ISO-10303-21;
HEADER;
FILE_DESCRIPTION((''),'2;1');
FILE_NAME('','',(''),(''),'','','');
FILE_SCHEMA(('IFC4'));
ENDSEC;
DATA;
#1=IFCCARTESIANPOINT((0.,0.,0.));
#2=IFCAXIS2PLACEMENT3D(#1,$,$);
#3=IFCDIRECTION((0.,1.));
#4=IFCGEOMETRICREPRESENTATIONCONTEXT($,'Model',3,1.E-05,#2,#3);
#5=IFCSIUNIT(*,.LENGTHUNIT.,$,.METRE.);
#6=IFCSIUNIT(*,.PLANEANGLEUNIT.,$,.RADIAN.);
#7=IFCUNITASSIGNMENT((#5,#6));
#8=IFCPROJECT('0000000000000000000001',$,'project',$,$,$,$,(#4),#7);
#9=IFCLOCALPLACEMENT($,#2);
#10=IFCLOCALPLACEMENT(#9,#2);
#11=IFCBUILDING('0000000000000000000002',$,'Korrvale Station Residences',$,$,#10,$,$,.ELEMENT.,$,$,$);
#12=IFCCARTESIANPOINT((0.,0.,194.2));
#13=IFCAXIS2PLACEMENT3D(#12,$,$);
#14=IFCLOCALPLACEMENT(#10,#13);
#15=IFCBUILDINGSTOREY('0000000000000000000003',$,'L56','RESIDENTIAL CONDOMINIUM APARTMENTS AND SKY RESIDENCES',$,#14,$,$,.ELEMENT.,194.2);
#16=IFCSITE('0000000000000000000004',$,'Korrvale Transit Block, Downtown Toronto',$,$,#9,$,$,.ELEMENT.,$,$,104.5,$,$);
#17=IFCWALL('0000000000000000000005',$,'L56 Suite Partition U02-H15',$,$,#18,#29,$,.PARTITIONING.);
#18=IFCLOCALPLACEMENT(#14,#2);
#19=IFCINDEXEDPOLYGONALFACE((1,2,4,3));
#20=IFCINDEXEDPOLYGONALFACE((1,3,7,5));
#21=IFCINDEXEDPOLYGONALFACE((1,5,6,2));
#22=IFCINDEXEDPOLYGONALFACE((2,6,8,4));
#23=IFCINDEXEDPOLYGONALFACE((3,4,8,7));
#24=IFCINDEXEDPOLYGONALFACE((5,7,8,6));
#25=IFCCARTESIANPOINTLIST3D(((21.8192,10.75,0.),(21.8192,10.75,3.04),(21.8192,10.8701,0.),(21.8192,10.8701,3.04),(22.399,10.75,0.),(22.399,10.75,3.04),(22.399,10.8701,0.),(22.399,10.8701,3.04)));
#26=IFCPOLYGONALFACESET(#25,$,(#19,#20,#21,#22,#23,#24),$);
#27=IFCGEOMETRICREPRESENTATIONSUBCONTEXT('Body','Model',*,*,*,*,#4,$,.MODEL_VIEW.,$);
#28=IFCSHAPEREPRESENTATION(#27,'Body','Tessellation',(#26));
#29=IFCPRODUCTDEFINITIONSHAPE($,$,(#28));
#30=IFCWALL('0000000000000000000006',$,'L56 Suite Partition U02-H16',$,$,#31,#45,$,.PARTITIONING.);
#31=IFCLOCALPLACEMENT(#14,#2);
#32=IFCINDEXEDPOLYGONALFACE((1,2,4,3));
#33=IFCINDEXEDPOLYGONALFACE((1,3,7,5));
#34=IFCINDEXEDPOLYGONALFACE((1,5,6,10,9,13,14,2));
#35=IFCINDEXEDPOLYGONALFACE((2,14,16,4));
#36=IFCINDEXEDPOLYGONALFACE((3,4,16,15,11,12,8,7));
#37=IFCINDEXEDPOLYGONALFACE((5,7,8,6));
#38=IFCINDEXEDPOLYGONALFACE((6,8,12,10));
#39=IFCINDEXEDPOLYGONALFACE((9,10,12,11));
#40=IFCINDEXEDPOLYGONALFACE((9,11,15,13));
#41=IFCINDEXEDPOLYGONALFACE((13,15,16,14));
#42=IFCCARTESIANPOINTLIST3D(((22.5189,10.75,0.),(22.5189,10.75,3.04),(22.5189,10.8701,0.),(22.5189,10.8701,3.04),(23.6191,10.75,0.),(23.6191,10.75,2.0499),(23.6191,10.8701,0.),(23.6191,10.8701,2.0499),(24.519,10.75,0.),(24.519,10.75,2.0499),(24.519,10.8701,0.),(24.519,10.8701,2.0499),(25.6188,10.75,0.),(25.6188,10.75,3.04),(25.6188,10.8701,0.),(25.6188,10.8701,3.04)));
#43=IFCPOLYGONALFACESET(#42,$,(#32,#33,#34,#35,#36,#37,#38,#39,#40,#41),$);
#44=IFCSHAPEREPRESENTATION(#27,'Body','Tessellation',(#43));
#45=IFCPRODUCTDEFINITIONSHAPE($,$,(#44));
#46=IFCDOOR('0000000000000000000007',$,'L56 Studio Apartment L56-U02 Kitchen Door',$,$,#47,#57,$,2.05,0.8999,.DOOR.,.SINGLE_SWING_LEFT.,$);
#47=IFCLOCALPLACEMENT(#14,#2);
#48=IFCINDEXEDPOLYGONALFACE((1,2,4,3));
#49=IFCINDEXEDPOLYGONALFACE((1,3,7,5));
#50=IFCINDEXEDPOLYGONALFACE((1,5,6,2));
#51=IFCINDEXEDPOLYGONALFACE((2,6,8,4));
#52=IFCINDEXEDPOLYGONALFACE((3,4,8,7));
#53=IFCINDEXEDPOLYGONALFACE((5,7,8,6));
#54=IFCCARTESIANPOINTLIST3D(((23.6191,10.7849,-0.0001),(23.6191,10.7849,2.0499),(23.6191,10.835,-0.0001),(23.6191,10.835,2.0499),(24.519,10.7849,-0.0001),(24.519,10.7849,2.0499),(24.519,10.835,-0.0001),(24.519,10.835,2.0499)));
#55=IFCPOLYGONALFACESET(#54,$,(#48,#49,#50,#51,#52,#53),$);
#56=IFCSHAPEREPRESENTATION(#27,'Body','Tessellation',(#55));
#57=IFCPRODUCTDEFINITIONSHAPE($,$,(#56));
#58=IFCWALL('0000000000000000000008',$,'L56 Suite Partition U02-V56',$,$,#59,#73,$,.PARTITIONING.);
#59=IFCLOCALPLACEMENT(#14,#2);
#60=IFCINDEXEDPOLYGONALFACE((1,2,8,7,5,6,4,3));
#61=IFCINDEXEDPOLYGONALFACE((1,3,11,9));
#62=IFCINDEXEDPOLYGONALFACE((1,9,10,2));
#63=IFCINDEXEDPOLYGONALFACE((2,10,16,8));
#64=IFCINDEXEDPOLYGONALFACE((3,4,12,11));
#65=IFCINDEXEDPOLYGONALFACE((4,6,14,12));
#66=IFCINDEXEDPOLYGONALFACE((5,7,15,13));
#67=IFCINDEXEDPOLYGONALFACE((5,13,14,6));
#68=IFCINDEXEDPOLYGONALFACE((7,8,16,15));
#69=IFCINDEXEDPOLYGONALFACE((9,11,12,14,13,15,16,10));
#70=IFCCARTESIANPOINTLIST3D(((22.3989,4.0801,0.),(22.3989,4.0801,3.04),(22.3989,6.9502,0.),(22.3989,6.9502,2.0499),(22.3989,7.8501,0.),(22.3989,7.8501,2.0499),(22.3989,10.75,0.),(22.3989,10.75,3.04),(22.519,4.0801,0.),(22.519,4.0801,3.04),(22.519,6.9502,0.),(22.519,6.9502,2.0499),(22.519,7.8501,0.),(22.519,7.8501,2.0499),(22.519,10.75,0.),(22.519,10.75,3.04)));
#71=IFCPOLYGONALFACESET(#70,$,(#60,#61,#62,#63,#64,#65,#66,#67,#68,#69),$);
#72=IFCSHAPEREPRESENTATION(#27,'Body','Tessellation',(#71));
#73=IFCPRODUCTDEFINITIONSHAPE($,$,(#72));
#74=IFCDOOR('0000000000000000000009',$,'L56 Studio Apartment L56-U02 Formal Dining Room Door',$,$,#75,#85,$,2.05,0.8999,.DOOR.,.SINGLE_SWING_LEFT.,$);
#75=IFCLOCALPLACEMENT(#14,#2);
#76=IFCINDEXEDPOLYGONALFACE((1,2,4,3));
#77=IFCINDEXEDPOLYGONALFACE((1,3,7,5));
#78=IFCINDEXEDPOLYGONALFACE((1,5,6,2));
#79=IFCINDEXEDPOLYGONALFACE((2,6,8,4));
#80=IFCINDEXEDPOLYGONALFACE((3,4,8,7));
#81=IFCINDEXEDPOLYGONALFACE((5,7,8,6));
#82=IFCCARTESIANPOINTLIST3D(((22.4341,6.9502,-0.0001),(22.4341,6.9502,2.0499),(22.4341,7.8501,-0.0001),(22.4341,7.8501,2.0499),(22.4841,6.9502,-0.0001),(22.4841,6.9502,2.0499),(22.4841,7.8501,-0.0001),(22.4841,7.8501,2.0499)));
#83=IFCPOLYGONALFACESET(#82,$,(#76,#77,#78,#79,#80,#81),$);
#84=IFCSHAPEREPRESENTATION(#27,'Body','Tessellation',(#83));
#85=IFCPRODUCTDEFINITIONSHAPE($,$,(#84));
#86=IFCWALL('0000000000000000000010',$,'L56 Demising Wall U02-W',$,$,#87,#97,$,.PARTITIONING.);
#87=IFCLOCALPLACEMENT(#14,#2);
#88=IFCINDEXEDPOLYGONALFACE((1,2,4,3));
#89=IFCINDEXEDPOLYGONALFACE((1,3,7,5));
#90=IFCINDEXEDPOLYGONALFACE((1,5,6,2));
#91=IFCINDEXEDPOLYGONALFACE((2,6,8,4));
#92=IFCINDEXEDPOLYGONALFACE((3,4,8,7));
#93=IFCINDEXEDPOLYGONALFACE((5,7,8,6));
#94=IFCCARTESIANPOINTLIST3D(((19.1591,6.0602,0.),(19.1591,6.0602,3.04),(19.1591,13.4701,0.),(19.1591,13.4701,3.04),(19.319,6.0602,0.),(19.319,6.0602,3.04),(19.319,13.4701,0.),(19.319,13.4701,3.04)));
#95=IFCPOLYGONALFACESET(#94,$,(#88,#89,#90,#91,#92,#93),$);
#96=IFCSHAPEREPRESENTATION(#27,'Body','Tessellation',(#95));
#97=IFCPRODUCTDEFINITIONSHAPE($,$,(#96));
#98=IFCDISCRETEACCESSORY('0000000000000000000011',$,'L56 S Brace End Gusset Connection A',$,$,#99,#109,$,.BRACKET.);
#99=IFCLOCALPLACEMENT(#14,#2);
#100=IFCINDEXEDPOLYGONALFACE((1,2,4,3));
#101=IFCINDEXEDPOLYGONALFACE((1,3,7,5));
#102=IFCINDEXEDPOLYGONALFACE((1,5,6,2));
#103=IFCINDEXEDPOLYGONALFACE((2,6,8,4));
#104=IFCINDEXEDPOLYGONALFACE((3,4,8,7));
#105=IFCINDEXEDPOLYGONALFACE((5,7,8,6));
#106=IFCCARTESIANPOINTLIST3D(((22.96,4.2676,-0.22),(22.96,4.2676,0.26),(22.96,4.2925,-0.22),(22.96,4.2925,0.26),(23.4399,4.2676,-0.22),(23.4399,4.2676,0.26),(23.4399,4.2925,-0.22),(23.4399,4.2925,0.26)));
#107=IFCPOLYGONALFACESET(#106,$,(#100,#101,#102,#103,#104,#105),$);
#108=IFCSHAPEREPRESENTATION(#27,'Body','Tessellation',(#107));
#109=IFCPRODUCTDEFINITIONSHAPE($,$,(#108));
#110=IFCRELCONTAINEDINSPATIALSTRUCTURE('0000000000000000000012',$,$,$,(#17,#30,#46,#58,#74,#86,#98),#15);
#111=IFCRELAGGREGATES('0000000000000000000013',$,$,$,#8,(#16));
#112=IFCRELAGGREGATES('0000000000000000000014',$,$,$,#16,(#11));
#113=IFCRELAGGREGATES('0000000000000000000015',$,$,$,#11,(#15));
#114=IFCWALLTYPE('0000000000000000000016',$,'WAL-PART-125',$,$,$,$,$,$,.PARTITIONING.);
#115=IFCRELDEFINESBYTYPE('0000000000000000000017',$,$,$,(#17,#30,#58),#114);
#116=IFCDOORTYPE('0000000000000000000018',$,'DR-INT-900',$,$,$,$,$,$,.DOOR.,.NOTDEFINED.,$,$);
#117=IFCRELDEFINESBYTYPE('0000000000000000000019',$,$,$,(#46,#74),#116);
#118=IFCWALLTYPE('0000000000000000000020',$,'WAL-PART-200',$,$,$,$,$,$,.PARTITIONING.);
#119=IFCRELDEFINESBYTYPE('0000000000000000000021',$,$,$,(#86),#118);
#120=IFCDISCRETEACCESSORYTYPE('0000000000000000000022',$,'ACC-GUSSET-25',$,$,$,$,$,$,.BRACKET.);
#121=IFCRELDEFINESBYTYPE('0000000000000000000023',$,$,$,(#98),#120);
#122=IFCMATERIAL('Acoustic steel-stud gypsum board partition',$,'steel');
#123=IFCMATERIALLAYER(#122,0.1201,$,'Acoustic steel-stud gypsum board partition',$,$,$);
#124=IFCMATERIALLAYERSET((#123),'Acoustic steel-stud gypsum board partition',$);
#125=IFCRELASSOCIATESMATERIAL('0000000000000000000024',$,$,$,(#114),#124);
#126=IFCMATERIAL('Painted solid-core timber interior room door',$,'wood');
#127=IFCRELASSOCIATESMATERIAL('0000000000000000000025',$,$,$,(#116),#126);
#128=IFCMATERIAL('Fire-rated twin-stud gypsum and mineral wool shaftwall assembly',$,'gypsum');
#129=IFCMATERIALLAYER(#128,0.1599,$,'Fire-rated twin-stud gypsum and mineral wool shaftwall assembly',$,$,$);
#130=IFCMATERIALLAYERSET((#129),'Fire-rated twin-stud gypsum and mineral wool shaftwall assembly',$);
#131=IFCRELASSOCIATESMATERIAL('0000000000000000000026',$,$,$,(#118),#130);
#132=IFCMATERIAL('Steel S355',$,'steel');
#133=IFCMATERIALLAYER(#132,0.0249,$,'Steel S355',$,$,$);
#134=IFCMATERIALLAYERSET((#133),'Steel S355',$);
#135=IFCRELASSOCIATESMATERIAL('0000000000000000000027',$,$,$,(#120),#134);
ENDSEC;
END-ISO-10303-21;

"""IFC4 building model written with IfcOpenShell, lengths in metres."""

from ifc_helpers import new_model, si_unit, direction, frame, frame_2d, origin, origin_2d, place, context, subcontext, project, spatial, rectangle, extrude, material, layer, layer_set, type_object, element, fill, save


model = new_model("IFC4")

# Units and contexts
model_context = context("Model", 3, precision=1e-05, world=origin(), true_north=direction((0.0, 1.0)))
body_context = subcontext(model_context, "Body", "Model", "MODEL_VIEW")
ifc_project = project(units=[si_unit("LENGTHUNIT", "METRE"), si_unit("PLANEANGLEUNIT", "RADIAN")], contexts=[model_context])

# Site, building, storey
site_placement = place(None, origin())
site = spatial("IfcSite", under=ifc_project, at=site_placement, Name="Korrvale Transit Block, Downtown Toronto", CompositionType="ELEMENT", RefElevation=104.5)
building_placement = place(site_placement, origin())
building = spatial("IfcBuilding", under=site, at=building_placement, Name="Korrvale Station Residences", CompositionType="ELEMENT")
storey_placement = place(building_placement, frame((0.0, 0.0, 194.2)))
storey = spatial("IfcBuildingStorey", under=building, at=storey_placement, Name="L56", Description="RESIDENTIAL CONDOMINIUM APARTMENTS AND SKY RESIDENCES", CompositionType="ELEMENT", Elevation=194.2)

# Shared definitions
ifc_material_1 = material(Name="Steel S355", Category="steel")

# Shared definitions
ifc_material_2 = material(Name="Acoustic steel-stud gypsum board partition", Category="steel")
ifc_layer_1 = layer(ifc_material_2, 0.1201, Name="Acoustic steel-stud gypsum board partition")
ifc_layer_set_1 = layer_set([ifc_layer_1], Name="Acoustic steel-stud gypsum board partition")
wall_type_1 = type_object("IfcWallType", Name="WAL-PART-125", PredefinedType="PARTITIONING", material=ifc_layer_set_1)
ifc_material_3 = material(Name="Painted solid-core timber interior room door", Category="wood")
door_type_1 = type_object("IfcDoorType", Name="DR-INT-900", OperationType="NOTDEFINED", PredefinedType="DOOR", material=ifc_material_3)

# Wall
wall_1_placement = place(storey_placement, frame((21.8191, 10.8101, 0.0), z_axis=(0.0, 0.0, 1.0), x_axis=(1.0, 0.0, 0.0)))
element("IfcWall", 1, at=wall_1_placement, inside=storey, type_object=wall_type_1, Name="L56 Suite Partition U02-H15", PredefinedType="PARTITIONING", context=body_context, shape_type="SweptSolid", body=[
    extrude(rectangle(XDim=0.5798, YDim=0.1201, at=frame_2d((0.29, 0.0))), origin(), (0.0, 0.0, 1.0), 3.04),
])

# Walls, openings, doors
wall_2_placement = place(storey_placement, frame((22.519, 10.8101, 0.0), z_axis=(0.0, 0.0, 1.0), x_axis=(1.0, 0.0, 0.0)))
wall_2 = element("IfcWall", 2, at=wall_2_placement, inside=storey, type_object=wall_type_1, Name="L56 Suite Partition U02-H16", PredefinedType="PARTITIONING", context=body_context, shape_type="SweptSolid", body=[
    extrude(rectangle(XDim=3.0999, YDim=0.1201, at=frame_2d((1.5498, 0.0))), origin(), (0.0, 0.0, 1.0), 3.04),
])
opening_1_placement = place(wall_2_placement, frame((1.1001, 0.0, 0.0)))
opening_1 = element("IfcOpeningElement", 3, at=opening_1_placement, cuts=wall_2, PredefinedType="OPENING", context=body_context, shape_type="SweptSolid", body=[
    extrude(rectangle(XDim=0.8999, YDim=2.05, at=frame_2d((0.45, 1.0249))), frame((0.0, 0.0701, 0.0), z_axis=(0.0, -1.0, 0.0), x_axis=(1.0, 0.0, 0.0)), (0.0, 0.0, 1.0), 0.1401),
])
door_1_placement = place(opening_1_placement, origin())
door_1 = element("IfcDoor", 4, at=door_1_placement, inside=storey, type_object=door_type_1, Name="L56 Studio Apartment L56-U02 Kitchen Door", OperationType="SINGLE_SWING_LEFT", OverallHeight=2.05, OverallWidth=0.8999, PredefinedType="DOOR", context=body_context, shape_type="SweptSolid", body=[
    extrude(rectangle(XDim=0.8999, YDim=2.05, at=frame_2d((0.45, 1.0249))), frame((0.0, 0.0249, 0.0), z_axis=(0.0, -1.0, 0.0), x_axis=(1.0, 0.0, 0.0)), (0.0, 0.0, 1.0), 0.05),
])
fill(opening_1, door_1)
wall_3_placement = place(storey_placement, frame((22.459, 4.0801, 0.0), z_axis=(0.0, 0.0, 1.0), x_axis=(0.0, 1.0, 0.0)))
wall_3 = element("IfcWall", 5, at=wall_3_placement, inside=storey, type_object=wall_type_1, Name="L56 Suite Partition U02-V56", PredefinedType="PARTITIONING", context=body_context, shape_type="SweptSolid", body=[
    extrude(rectangle(XDim=6.6699, YDim=0.1201, at=frame_2d((3.335, 0.0))), origin(), (0.0, 0.0, 1.0), 3.04),
])
opening_2_placement = place(wall_3_placement, frame((2.8701, 0.0, 0.0)))
opening_2 = element("IfcOpeningElement", 6, at=opening_2_placement, cuts=wall_3, PredefinedType="OPENING", context=body_context, shape_type="SweptSolid", body=[
    extrude(rectangle(XDim=0.8999, YDim=2.05, at=frame_2d((0.45, 1.0249))), frame((0.0, 0.0701, 0.0), z_axis=(0.0, -1.0, 0.0), x_axis=(1.0, 0.0, 0.0)), (0.0, 0.0, 1.0), 0.1401),
])
door_2_placement = place(opening_2_placement, origin())
door_2 = element("IfcDoor", 7, at=door_2_placement, inside=storey, type_object=door_type_1, Name="L56 Studio Apartment L56-U02 Formal Dining Room Door", OperationType="SINGLE_SWING_LEFT", OverallHeight=2.05, OverallWidth=0.8999, PredefinedType="DOOR", context=body_context, shape_type="SweptSolid", body=[
    extrude(rectangle(XDim=0.8999, YDim=2.05, at=frame_2d((0.45, 1.0249))), frame((0.0, 0.0249, 0.0), z_axis=(0.0, -1.0, 0.0), x_axis=(1.0, 0.0, 0.0)), (0.0, 0.0, 1.0), 0.05),
])
fill(opening_2, door_2)

# Wall
ifc_material_4 = material(Name="Fire-rated twin-stud gypsum and mineral wool shaftwall assembly", Category="gypsum")
ifc_layer_2 = layer(ifc_material_4, 0.1599, Name="Fire-rated twin-stud gypsum and mineral wool shaftwall assembly")
ifc_layer_set_2 = layer_set([ifc_layer_2], Name="Fire-rated twin-stud gypsum and mineral wool shaftwall assembly")
wall_type_2 = type_object("IfcWallType", Name="WAL-PART-200", PredefinedType="PARTITIONING", material=ifc_layer_set_2)
wall_4_placement = place(storey_placement, frame((19.239, 6.0601, 0.0), z_axis=(0.0, 0.0, 1.0), x_axis=(0.0, 1.0, 0.0)))
element("IfcWall", 8, at=wall_4_placement, inside=storey, type_object=wall_type_2, Name="L56 Demising Wall U02-W", PredefinedType="PARTITIONING", context=body_context, shape_type="SweptSolid", body=[
    extrude(rectangle(XDim=7.4099, YDim=0.1599, at=frame_2d((3.7051, 0.0))), origin(), (0.0, 0.0, 1.0), 3.04),
])

# Discrete accessory
ifc_layer_3 = layer(ifc_material_1, 0.0249, Name="Steel S355")
ifc_layer_set_3 = layer_set([ifc_layer_3], Name="Steel S355")
discrete_accessory_type = type_object("IfcDiscreteAccessoryType", Name="ACC-GUSSET-25", PredefinedType="BRACKET", material=ifc_layer_set_3)
discrete_accessory_placement = place(storey_placement, frame((23.2, 4.28, -0.22), z_axis=(0.0, 0.0, 1.0), x_axis=(1.0, 0.0, 0.0)))
element("IfcDiscreteAccessory", 9, at=discrete_accessory_placement, inside=storey, type_object=discrete_accessory_type, Name="L56 S Brace End Gusset Connection A", PredefinedType="BRACKET", context=body_context, shape_type="SweptSolid", body=[
    extrude(rectangle(XDim=0.48, YDim=0.0249, at=origin_2d()), origin(), (0.0, 0.0, 1.0), 0.48),
])

save(model, "model.ifc")
